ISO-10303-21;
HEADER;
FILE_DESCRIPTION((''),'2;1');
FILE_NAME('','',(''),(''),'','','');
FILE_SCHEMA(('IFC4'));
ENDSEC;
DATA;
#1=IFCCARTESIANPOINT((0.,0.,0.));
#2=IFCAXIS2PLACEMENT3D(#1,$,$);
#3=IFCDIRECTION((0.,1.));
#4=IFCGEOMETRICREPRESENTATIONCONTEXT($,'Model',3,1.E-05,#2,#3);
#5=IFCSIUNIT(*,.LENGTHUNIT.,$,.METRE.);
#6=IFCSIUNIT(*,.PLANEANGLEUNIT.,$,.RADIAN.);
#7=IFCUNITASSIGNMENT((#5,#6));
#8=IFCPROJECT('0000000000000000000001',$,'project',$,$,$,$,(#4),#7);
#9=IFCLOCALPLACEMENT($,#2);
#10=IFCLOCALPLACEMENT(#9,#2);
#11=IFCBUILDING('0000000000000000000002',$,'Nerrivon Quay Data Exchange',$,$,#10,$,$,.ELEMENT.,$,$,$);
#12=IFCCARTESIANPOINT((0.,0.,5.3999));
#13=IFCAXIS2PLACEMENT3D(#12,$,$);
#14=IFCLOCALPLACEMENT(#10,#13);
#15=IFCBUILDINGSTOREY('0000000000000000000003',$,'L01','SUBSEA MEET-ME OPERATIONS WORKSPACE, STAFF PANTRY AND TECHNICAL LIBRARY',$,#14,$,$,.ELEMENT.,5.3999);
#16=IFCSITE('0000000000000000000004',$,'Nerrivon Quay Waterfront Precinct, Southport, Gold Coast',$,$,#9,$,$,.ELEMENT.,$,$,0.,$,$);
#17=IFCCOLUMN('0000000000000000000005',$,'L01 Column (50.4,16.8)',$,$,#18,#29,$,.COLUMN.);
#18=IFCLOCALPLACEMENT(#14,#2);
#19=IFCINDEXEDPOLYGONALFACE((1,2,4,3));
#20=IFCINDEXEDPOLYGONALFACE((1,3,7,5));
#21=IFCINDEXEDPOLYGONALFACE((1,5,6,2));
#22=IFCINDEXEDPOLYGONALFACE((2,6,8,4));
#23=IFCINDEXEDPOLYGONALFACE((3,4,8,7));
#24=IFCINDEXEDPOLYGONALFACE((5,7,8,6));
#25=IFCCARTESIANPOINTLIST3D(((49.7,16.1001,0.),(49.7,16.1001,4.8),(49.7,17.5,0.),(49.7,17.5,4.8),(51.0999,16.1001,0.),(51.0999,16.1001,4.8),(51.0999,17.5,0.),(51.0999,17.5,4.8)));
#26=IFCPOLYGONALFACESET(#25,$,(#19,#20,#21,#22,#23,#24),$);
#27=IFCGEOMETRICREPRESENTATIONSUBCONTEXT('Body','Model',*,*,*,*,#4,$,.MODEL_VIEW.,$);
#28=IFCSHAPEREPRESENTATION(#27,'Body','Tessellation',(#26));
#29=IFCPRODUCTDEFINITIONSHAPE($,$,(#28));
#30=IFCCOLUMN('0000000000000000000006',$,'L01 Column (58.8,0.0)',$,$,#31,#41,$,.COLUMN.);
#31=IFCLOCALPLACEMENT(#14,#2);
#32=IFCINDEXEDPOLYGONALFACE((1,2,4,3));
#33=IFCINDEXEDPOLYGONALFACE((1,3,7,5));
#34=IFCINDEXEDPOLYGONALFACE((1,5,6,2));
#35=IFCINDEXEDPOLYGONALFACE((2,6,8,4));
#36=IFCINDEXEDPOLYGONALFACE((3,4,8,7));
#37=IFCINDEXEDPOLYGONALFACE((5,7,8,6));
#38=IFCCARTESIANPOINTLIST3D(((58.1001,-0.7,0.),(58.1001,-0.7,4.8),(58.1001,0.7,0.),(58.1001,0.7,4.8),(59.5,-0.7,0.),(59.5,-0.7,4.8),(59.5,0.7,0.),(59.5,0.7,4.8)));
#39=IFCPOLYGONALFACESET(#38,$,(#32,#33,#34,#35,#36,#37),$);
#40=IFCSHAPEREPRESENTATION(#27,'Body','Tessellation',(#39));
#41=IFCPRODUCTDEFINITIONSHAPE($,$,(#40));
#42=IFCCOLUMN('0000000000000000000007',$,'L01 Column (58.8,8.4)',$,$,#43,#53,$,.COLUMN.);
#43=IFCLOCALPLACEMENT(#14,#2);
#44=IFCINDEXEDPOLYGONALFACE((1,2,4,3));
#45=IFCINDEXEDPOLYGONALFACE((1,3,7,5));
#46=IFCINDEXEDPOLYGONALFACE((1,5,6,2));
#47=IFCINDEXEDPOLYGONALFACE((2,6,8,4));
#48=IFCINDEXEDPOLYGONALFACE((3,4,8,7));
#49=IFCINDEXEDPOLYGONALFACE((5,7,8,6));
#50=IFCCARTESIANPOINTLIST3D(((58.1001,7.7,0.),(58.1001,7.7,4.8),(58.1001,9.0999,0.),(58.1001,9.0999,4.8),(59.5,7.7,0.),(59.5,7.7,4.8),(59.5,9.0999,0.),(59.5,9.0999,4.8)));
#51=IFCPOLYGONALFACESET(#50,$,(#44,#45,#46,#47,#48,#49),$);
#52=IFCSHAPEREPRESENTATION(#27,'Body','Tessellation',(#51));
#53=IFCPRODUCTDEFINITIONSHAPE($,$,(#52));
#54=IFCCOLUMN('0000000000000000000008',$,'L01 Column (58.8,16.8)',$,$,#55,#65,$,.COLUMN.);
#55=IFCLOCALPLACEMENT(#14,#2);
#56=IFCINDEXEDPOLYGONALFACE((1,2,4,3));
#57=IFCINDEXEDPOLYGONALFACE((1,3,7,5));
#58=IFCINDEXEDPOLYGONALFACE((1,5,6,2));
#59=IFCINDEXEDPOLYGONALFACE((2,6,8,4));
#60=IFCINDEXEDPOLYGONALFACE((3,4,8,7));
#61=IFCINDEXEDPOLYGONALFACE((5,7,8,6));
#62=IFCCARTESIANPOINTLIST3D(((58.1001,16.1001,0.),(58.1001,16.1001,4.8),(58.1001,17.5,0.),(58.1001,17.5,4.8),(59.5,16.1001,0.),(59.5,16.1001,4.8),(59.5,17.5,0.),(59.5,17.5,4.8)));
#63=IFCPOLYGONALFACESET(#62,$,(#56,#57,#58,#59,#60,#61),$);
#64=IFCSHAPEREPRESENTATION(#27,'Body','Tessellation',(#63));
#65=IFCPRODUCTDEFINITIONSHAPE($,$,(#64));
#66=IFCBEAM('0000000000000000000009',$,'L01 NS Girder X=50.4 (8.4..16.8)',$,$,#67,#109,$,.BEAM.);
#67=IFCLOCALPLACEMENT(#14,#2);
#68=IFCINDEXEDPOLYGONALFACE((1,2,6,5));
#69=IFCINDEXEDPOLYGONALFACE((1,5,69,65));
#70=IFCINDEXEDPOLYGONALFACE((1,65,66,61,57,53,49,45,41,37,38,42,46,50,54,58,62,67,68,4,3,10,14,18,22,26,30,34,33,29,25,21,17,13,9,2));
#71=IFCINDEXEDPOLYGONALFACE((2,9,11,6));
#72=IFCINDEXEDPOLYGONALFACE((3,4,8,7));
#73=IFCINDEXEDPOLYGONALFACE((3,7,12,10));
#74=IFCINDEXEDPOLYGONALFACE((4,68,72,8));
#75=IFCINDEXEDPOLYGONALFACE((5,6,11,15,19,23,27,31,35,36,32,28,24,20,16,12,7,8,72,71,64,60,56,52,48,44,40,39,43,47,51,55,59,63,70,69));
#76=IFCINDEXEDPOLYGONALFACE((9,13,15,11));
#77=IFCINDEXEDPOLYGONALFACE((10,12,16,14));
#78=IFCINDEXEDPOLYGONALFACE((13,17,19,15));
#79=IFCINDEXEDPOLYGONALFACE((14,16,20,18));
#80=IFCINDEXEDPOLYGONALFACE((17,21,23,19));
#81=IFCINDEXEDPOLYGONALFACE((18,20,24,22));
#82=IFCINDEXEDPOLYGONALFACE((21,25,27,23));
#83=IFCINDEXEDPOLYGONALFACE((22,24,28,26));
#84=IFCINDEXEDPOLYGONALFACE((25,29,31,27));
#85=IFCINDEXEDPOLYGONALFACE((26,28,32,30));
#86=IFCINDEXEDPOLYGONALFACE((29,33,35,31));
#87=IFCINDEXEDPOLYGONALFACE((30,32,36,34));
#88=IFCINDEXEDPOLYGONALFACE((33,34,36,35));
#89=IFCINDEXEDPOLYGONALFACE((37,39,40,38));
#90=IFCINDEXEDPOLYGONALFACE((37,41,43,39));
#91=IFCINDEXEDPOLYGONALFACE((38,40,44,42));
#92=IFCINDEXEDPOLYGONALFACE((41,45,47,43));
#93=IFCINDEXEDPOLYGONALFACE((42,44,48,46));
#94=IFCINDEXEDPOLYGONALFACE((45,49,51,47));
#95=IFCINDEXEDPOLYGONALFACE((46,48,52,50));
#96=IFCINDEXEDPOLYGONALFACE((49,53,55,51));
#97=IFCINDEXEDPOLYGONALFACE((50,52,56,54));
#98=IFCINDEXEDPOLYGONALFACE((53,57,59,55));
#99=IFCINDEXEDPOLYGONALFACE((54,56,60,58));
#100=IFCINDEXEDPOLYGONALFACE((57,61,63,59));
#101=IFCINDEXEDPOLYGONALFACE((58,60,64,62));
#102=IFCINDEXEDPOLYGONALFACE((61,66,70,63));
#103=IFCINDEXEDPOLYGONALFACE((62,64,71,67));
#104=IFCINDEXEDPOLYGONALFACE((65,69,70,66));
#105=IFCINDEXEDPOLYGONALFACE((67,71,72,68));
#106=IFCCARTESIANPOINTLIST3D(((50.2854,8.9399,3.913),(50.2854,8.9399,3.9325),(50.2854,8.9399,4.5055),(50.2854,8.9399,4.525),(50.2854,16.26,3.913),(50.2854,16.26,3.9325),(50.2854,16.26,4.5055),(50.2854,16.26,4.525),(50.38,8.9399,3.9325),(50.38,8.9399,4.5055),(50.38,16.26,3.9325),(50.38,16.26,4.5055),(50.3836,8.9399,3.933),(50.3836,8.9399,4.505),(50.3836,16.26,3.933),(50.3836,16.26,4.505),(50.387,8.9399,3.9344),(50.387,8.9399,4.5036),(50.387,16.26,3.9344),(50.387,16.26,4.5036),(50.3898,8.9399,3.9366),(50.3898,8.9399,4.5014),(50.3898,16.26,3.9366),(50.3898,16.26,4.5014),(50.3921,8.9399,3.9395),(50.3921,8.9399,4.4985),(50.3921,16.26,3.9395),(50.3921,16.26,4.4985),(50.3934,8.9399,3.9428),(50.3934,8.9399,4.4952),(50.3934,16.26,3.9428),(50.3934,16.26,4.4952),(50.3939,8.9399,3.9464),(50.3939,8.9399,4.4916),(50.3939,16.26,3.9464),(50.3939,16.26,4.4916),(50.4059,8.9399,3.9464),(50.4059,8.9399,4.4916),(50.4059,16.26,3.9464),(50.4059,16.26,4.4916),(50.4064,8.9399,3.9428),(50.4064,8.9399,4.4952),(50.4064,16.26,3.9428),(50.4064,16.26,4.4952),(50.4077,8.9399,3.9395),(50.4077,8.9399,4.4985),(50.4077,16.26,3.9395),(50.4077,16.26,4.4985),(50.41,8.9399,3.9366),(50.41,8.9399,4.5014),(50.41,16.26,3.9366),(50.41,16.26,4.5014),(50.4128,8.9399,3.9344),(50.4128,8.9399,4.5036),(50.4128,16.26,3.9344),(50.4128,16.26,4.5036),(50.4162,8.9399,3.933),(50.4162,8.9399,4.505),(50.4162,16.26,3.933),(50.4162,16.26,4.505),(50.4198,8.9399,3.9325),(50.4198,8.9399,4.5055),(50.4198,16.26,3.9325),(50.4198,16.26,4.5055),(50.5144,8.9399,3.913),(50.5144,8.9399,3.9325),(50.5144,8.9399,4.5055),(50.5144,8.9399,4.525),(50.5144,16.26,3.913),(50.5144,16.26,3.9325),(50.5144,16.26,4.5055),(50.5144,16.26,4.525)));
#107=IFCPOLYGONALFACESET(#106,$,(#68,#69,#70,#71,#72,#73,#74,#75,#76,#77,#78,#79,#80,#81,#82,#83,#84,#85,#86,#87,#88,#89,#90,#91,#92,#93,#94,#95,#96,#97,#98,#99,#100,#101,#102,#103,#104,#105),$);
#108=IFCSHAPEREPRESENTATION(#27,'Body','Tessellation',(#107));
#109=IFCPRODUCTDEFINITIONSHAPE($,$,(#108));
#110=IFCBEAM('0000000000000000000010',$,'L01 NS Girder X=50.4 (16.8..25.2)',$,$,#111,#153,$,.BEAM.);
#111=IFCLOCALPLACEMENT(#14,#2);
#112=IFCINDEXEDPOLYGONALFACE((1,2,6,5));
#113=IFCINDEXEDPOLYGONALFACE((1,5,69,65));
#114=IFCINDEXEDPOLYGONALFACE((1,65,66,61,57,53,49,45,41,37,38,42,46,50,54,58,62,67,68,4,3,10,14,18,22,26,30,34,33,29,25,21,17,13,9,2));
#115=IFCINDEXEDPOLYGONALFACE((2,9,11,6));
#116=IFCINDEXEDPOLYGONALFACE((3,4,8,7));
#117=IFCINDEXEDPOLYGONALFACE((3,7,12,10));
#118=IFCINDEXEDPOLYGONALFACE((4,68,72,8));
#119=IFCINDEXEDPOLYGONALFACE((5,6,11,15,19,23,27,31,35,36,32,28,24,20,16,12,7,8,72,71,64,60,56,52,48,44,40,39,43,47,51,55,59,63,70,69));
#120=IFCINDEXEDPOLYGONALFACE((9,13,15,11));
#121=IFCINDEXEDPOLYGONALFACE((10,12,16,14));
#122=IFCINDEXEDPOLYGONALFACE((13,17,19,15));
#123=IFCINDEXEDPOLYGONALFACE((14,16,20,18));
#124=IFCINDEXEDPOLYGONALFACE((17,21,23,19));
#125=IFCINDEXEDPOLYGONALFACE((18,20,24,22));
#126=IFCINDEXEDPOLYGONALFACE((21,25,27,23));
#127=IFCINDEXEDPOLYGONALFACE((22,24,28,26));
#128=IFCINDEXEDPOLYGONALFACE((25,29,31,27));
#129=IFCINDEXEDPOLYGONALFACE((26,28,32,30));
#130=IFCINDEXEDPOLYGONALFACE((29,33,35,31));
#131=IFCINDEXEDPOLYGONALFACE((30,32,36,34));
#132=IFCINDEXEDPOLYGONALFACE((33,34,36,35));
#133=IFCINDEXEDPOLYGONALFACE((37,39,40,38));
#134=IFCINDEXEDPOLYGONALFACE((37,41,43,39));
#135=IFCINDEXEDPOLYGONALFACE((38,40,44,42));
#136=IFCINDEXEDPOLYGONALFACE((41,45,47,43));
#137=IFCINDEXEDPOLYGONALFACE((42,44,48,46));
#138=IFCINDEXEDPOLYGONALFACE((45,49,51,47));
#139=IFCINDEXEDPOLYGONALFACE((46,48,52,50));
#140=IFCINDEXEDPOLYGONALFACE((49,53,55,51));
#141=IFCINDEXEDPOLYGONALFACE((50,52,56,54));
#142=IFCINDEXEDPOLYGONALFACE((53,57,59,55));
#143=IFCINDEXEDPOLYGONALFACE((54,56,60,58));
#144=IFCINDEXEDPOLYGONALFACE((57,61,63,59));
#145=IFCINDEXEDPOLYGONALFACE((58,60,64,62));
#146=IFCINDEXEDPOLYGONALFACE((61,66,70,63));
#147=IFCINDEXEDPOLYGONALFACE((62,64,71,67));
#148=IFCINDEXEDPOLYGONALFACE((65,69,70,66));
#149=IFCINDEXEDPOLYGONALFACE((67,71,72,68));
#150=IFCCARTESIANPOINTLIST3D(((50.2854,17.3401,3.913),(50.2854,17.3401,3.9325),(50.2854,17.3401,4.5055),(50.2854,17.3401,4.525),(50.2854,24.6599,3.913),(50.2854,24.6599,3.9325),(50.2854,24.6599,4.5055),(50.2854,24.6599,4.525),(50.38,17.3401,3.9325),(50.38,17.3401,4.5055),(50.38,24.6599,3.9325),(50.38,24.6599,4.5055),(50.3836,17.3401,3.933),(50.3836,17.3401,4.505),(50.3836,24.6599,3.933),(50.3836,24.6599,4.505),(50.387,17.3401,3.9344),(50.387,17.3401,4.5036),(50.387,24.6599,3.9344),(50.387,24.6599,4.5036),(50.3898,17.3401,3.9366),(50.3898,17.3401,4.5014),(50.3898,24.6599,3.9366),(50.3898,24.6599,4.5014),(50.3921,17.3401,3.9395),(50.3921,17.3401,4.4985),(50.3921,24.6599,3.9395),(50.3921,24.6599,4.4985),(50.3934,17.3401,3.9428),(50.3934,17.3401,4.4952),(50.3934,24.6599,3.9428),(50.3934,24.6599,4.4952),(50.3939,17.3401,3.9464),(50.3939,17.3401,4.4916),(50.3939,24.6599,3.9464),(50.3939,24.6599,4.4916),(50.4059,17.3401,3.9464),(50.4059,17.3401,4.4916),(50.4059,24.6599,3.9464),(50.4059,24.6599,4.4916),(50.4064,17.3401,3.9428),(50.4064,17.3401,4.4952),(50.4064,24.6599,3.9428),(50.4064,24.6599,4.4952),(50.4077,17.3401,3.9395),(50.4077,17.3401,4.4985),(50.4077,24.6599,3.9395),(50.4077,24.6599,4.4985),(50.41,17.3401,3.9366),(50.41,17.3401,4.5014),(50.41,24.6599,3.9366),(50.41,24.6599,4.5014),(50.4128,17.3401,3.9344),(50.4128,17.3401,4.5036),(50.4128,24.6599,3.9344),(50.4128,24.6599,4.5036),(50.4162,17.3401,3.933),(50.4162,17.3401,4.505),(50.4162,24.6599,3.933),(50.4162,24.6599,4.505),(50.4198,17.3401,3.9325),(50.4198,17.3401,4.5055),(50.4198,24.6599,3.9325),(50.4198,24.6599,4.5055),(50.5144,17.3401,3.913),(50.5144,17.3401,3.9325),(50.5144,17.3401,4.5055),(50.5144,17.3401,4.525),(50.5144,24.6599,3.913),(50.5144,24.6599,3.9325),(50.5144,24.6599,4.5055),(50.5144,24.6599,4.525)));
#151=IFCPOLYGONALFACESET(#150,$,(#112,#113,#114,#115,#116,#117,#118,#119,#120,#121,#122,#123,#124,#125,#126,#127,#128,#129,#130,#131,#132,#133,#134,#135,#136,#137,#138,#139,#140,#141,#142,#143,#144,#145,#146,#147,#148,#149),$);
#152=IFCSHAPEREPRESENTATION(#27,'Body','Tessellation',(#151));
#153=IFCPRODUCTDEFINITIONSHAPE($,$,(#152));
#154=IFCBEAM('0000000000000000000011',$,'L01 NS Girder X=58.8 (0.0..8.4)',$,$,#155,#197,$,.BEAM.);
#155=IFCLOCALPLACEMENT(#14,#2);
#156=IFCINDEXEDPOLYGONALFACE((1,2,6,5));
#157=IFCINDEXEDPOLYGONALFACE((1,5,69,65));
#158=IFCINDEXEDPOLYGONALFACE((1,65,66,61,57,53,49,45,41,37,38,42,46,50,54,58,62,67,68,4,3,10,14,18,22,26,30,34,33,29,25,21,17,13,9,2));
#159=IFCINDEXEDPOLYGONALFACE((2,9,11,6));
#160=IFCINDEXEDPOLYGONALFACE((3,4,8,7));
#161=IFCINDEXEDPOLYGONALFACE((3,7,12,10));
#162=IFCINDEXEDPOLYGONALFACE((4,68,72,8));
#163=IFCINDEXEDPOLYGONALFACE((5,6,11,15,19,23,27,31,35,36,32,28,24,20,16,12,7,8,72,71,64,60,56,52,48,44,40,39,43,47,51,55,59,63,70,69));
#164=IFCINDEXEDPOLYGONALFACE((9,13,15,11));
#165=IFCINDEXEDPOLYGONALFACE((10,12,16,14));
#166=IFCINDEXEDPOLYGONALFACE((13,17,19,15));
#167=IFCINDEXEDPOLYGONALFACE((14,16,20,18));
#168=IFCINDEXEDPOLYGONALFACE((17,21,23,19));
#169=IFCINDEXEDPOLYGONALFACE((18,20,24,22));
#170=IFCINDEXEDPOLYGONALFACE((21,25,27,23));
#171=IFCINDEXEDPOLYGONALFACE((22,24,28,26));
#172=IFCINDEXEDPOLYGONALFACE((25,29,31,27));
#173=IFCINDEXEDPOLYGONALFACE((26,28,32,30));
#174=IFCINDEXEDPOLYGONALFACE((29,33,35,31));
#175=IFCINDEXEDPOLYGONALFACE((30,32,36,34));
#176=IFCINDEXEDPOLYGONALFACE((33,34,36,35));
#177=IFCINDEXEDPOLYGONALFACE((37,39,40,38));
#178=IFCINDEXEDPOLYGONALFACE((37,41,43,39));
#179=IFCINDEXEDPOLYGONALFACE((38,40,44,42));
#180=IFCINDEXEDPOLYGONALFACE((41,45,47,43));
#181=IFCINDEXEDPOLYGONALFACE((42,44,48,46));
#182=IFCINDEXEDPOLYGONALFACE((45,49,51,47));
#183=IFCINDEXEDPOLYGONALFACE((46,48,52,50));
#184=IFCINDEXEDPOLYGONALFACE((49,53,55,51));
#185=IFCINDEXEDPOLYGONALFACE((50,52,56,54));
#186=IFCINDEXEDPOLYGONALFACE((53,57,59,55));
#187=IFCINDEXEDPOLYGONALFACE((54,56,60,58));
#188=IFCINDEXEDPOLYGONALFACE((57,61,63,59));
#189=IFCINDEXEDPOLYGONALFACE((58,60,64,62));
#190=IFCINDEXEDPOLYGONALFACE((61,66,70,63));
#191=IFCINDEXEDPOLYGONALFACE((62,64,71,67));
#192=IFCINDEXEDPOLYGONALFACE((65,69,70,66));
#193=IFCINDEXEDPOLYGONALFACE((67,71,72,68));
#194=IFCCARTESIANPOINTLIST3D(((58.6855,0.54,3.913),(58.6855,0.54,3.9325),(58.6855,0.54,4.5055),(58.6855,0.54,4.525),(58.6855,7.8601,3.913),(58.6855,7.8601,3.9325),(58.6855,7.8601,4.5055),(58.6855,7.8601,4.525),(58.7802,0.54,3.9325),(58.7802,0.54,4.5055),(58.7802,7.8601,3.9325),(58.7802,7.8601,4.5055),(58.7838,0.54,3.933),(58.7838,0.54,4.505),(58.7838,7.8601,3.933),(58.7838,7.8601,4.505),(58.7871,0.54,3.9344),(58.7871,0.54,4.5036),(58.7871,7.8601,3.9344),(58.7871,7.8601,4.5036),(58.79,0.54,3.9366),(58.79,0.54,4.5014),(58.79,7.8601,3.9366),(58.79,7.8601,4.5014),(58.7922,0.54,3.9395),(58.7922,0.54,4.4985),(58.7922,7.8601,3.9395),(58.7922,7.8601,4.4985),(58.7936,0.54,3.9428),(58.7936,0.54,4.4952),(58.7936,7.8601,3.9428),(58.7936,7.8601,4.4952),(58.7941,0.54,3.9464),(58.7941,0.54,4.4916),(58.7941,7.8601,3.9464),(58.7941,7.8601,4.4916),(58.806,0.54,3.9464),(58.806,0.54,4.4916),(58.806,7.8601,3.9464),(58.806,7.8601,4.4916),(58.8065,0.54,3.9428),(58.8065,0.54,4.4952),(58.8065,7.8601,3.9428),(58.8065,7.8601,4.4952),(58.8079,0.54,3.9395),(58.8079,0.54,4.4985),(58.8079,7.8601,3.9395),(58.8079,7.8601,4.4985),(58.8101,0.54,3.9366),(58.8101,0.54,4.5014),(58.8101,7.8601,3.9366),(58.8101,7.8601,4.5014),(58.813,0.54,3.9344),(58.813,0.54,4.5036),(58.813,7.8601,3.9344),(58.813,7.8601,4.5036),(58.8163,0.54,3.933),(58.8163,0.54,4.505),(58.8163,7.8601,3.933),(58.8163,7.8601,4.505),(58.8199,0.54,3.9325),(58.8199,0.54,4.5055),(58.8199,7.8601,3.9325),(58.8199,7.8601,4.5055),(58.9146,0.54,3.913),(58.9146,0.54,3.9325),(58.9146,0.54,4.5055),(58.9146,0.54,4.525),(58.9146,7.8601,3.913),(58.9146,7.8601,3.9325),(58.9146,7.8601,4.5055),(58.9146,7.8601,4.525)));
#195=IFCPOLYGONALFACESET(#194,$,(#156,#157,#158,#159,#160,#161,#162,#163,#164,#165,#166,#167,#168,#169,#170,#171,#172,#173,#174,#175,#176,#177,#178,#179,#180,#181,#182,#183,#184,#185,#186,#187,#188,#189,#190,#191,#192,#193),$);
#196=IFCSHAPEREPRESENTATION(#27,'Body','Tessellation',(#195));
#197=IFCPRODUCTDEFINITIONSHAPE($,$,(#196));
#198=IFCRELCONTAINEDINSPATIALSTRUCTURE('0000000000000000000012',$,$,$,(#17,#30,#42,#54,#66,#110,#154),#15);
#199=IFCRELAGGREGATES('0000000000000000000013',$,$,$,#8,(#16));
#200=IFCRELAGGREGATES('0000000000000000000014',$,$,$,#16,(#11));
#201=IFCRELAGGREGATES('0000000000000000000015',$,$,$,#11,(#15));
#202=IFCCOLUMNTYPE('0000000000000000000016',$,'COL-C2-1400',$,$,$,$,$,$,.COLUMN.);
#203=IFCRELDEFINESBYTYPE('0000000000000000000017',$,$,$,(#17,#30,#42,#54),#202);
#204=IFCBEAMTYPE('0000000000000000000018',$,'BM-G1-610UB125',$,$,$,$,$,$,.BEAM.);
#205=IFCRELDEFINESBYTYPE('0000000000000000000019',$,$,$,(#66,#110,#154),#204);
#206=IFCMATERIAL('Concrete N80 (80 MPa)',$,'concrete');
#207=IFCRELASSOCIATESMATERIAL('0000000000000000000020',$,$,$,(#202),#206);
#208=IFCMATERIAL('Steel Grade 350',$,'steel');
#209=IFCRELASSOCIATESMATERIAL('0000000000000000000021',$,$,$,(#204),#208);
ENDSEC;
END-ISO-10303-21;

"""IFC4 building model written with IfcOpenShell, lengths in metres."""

from ifc_helpers import new_model, si_unit, direction, frame, origin, origin_2d, place, context, subcontext, project, spatial, rectangle, i_section, extrude, material, material_profile, profile_set, type_object, element, save


model = new_model("IFC4")

# Units and contexts
model_context = context("Model", 3, precision=1e-05, world=origin(), true_north=direction((0.0, 1.0)))
body_context = subcontext(model_context, "Body", "Model", "MODEL_VIEW")
ifc_project = project(units=[si_unit("LENGTHUNIT", "METRE"), si_unit("PLANEANGLEUNIT", "RADIAN")], contexts=[model_context])

# Site, building, storey
site_placement = place(None, origin())
site = spatial("IfcSite", under=ifc_project, at=site_placement, Name="Nerrivon Quay Waterfront Precinct, Southport, Gold Coast", CompositionType="ELEMENT", RefElevation=0.0)
building_placement = place(site_placement, origin())
building = spatial("IfcBuilding", under=site, at=building_placement, Name="Nerrivon Quay Data Exchange", CompositionType="ELEMENT")
storey_placement = place(building_placement, frame((0.0, 0.0, 5.3999)))
storey = spatial("IfcBuildingStorey", under=building, at=storey_placement, Name="L01", Description="SUBSEA MEET-ME OPERATIONS WORKSPACE, STAFF PANTRY AND TECHNICAL LIBRARY", CompositionType="ELEMENT", Elevation=5.3999)

# Columns
ifc_material_1 = material(Name="Concrete N80 (80 MPa)", Category="concrete")
ifc_material_profile_1 = material_profile(ifc_material_1, rectangle(XDim=1.3999, YDim=1.3999, at=origin_2d()), Name="RC-COL-1400x1400")
ifc_profile_set_1 = profile_set([ifc_material_profile_1], Name="Concrete N80 (80 MPa)")
column_type = type_object("IfcColumnType", Name="COL-C2-1400", PredefinedType="COLUMN", material=ifc_profile_set_1)
for number, where, z_axis, x_axis, name in (
    (1, (50.3999, 16.8, 0.0), (0.0, 0.0, 1.0), (1.0, 0.0, 0.0), "L01 Column (50.4,16.8)"),
    (2, (58.8, 0.0, 0.0), (0.0, 0.0, 1.0), (1.0, 0.0, 0.0), "L01 Column (58.8,0.0)"),
    (3, (58.8, 8.3999, 0.0), (0.0, 0.0, 1.0), (1.0, 0.0, 0.0), "L01 Column (58.8,8.4)"),
    (4, (58.8, 16.8, 0.0), (0.0, 0.0, 1.0), (1.0, 0.0, 0.0), "L01 Column (58.8,16.8)"),
):
    element("IfcColumn", number, at=place(storey_placement, frame(where, z_axis=z_axis, x_axis=x_axis)), inside=storey, type_object=column_type, Name=name, PredefinedType="COLUMN", context=body_context, shape_type="SweptSolid", body=[
        extrude(rectangle(XDim=1.3999, YDim=1.3999, at=origin_2d()), origin(), (0.0, 0.0, 1.0), 4.8),
    ])

# Beams
ifc_material_2 = material(Name="Steel Grade 350", Category="steel")
ifc_material_profile_2 = material_profile(ifc_material_2, i_section(OverallWidth=0.229, OverallDepth=0.6121, WebThickness=0.012, FlangeThickness=0.0195, FilletRadius=0.0139, at=origin_2d()), Name="610UB125")
ifc_profile_set_2 = profile_set([ifc_material_profile_2], Name="Steel Grade 350")
beam_type_1 = type_object("IfcBeamType", Name="BM-G1-610UB125", PredefinedType="BEAM", material=ifc_profile_set_2)
beam_1_placement = place(storey_placement, frame((50.3999, 8.9399, 4.219), z_axis=(0.0, 1.0, 0.0), x_axis=(-1.0, 0.0, 0.0)))
element("IfcBeam", 5, at=beam_1_placement, inside=storey, type_object=beam_type_1, Name="L01 NS Girder X=50.4 (8.4..16.8)", PredefinedType="BEAM", context=body_context, shape_type="SweptSolid", body=[
    extrude(i_section(OverallWidth=0.229, OverallDepth=0.6121, WebThickness=0.012, FlangeThickness=0.0195, FilletRadius=0.0139, at=origin_2d()), origin(), (0.0, 0.0, 1.0), 7.3201),
])
beam_2_placement = place(storey_placement, frame((50.3999, 17.3401, 4.219), z_axis=(0.0, 1.0, 0.0), x_axis=(-1.0, 0.0, 0.0)))
element("IfcBeam", 6, at=beam_2_placement, inside=storey, type_object=beam_type_1, Name="L01 NS Girder X=50.4 (16.8..25.2)", PredefinedType="BEAM", context=body_context, shape_type="SweptSolid", body=[
    extrude(i_section(OverallWidth=0.229, OverallDepth=0.6121, WebThickness=0.012, FlangeThickness=0.0195, FilletRadius=0.0139, at=origin_2d()), origin(), (0.0, 0.0, 1.0), 7.3198),
])
for number, where, z_axis, x_axis, name in (
    (7, (58.8, 0.54, 4.219), (0.0, 1.0, 0.0), (-1.0, 0.0, 0.0), "L01 NS Girder X=58.8 (0.0..8.4)"),
):
    element("IfcBeam", number, at=place(storey_placement, frame(where, z_axis=z_axis, x_axis=x_axis)), inside=storey, type_object=beam_type_1, Name=name, PredefinedType="BEAM", context=body_context, shape_type="SweptSolid", body=[
        extrude(i_section(OverallWidth=0.229, OverallDepth=0.6121, WebThickness=0.012, FlangeThickness=0.0195, FilletRadius=0.0139, at=origin_2d()), origin(), (0.0, 0.0, 1.0), 7.3201),
    ])

save(model, "model.ifc")
